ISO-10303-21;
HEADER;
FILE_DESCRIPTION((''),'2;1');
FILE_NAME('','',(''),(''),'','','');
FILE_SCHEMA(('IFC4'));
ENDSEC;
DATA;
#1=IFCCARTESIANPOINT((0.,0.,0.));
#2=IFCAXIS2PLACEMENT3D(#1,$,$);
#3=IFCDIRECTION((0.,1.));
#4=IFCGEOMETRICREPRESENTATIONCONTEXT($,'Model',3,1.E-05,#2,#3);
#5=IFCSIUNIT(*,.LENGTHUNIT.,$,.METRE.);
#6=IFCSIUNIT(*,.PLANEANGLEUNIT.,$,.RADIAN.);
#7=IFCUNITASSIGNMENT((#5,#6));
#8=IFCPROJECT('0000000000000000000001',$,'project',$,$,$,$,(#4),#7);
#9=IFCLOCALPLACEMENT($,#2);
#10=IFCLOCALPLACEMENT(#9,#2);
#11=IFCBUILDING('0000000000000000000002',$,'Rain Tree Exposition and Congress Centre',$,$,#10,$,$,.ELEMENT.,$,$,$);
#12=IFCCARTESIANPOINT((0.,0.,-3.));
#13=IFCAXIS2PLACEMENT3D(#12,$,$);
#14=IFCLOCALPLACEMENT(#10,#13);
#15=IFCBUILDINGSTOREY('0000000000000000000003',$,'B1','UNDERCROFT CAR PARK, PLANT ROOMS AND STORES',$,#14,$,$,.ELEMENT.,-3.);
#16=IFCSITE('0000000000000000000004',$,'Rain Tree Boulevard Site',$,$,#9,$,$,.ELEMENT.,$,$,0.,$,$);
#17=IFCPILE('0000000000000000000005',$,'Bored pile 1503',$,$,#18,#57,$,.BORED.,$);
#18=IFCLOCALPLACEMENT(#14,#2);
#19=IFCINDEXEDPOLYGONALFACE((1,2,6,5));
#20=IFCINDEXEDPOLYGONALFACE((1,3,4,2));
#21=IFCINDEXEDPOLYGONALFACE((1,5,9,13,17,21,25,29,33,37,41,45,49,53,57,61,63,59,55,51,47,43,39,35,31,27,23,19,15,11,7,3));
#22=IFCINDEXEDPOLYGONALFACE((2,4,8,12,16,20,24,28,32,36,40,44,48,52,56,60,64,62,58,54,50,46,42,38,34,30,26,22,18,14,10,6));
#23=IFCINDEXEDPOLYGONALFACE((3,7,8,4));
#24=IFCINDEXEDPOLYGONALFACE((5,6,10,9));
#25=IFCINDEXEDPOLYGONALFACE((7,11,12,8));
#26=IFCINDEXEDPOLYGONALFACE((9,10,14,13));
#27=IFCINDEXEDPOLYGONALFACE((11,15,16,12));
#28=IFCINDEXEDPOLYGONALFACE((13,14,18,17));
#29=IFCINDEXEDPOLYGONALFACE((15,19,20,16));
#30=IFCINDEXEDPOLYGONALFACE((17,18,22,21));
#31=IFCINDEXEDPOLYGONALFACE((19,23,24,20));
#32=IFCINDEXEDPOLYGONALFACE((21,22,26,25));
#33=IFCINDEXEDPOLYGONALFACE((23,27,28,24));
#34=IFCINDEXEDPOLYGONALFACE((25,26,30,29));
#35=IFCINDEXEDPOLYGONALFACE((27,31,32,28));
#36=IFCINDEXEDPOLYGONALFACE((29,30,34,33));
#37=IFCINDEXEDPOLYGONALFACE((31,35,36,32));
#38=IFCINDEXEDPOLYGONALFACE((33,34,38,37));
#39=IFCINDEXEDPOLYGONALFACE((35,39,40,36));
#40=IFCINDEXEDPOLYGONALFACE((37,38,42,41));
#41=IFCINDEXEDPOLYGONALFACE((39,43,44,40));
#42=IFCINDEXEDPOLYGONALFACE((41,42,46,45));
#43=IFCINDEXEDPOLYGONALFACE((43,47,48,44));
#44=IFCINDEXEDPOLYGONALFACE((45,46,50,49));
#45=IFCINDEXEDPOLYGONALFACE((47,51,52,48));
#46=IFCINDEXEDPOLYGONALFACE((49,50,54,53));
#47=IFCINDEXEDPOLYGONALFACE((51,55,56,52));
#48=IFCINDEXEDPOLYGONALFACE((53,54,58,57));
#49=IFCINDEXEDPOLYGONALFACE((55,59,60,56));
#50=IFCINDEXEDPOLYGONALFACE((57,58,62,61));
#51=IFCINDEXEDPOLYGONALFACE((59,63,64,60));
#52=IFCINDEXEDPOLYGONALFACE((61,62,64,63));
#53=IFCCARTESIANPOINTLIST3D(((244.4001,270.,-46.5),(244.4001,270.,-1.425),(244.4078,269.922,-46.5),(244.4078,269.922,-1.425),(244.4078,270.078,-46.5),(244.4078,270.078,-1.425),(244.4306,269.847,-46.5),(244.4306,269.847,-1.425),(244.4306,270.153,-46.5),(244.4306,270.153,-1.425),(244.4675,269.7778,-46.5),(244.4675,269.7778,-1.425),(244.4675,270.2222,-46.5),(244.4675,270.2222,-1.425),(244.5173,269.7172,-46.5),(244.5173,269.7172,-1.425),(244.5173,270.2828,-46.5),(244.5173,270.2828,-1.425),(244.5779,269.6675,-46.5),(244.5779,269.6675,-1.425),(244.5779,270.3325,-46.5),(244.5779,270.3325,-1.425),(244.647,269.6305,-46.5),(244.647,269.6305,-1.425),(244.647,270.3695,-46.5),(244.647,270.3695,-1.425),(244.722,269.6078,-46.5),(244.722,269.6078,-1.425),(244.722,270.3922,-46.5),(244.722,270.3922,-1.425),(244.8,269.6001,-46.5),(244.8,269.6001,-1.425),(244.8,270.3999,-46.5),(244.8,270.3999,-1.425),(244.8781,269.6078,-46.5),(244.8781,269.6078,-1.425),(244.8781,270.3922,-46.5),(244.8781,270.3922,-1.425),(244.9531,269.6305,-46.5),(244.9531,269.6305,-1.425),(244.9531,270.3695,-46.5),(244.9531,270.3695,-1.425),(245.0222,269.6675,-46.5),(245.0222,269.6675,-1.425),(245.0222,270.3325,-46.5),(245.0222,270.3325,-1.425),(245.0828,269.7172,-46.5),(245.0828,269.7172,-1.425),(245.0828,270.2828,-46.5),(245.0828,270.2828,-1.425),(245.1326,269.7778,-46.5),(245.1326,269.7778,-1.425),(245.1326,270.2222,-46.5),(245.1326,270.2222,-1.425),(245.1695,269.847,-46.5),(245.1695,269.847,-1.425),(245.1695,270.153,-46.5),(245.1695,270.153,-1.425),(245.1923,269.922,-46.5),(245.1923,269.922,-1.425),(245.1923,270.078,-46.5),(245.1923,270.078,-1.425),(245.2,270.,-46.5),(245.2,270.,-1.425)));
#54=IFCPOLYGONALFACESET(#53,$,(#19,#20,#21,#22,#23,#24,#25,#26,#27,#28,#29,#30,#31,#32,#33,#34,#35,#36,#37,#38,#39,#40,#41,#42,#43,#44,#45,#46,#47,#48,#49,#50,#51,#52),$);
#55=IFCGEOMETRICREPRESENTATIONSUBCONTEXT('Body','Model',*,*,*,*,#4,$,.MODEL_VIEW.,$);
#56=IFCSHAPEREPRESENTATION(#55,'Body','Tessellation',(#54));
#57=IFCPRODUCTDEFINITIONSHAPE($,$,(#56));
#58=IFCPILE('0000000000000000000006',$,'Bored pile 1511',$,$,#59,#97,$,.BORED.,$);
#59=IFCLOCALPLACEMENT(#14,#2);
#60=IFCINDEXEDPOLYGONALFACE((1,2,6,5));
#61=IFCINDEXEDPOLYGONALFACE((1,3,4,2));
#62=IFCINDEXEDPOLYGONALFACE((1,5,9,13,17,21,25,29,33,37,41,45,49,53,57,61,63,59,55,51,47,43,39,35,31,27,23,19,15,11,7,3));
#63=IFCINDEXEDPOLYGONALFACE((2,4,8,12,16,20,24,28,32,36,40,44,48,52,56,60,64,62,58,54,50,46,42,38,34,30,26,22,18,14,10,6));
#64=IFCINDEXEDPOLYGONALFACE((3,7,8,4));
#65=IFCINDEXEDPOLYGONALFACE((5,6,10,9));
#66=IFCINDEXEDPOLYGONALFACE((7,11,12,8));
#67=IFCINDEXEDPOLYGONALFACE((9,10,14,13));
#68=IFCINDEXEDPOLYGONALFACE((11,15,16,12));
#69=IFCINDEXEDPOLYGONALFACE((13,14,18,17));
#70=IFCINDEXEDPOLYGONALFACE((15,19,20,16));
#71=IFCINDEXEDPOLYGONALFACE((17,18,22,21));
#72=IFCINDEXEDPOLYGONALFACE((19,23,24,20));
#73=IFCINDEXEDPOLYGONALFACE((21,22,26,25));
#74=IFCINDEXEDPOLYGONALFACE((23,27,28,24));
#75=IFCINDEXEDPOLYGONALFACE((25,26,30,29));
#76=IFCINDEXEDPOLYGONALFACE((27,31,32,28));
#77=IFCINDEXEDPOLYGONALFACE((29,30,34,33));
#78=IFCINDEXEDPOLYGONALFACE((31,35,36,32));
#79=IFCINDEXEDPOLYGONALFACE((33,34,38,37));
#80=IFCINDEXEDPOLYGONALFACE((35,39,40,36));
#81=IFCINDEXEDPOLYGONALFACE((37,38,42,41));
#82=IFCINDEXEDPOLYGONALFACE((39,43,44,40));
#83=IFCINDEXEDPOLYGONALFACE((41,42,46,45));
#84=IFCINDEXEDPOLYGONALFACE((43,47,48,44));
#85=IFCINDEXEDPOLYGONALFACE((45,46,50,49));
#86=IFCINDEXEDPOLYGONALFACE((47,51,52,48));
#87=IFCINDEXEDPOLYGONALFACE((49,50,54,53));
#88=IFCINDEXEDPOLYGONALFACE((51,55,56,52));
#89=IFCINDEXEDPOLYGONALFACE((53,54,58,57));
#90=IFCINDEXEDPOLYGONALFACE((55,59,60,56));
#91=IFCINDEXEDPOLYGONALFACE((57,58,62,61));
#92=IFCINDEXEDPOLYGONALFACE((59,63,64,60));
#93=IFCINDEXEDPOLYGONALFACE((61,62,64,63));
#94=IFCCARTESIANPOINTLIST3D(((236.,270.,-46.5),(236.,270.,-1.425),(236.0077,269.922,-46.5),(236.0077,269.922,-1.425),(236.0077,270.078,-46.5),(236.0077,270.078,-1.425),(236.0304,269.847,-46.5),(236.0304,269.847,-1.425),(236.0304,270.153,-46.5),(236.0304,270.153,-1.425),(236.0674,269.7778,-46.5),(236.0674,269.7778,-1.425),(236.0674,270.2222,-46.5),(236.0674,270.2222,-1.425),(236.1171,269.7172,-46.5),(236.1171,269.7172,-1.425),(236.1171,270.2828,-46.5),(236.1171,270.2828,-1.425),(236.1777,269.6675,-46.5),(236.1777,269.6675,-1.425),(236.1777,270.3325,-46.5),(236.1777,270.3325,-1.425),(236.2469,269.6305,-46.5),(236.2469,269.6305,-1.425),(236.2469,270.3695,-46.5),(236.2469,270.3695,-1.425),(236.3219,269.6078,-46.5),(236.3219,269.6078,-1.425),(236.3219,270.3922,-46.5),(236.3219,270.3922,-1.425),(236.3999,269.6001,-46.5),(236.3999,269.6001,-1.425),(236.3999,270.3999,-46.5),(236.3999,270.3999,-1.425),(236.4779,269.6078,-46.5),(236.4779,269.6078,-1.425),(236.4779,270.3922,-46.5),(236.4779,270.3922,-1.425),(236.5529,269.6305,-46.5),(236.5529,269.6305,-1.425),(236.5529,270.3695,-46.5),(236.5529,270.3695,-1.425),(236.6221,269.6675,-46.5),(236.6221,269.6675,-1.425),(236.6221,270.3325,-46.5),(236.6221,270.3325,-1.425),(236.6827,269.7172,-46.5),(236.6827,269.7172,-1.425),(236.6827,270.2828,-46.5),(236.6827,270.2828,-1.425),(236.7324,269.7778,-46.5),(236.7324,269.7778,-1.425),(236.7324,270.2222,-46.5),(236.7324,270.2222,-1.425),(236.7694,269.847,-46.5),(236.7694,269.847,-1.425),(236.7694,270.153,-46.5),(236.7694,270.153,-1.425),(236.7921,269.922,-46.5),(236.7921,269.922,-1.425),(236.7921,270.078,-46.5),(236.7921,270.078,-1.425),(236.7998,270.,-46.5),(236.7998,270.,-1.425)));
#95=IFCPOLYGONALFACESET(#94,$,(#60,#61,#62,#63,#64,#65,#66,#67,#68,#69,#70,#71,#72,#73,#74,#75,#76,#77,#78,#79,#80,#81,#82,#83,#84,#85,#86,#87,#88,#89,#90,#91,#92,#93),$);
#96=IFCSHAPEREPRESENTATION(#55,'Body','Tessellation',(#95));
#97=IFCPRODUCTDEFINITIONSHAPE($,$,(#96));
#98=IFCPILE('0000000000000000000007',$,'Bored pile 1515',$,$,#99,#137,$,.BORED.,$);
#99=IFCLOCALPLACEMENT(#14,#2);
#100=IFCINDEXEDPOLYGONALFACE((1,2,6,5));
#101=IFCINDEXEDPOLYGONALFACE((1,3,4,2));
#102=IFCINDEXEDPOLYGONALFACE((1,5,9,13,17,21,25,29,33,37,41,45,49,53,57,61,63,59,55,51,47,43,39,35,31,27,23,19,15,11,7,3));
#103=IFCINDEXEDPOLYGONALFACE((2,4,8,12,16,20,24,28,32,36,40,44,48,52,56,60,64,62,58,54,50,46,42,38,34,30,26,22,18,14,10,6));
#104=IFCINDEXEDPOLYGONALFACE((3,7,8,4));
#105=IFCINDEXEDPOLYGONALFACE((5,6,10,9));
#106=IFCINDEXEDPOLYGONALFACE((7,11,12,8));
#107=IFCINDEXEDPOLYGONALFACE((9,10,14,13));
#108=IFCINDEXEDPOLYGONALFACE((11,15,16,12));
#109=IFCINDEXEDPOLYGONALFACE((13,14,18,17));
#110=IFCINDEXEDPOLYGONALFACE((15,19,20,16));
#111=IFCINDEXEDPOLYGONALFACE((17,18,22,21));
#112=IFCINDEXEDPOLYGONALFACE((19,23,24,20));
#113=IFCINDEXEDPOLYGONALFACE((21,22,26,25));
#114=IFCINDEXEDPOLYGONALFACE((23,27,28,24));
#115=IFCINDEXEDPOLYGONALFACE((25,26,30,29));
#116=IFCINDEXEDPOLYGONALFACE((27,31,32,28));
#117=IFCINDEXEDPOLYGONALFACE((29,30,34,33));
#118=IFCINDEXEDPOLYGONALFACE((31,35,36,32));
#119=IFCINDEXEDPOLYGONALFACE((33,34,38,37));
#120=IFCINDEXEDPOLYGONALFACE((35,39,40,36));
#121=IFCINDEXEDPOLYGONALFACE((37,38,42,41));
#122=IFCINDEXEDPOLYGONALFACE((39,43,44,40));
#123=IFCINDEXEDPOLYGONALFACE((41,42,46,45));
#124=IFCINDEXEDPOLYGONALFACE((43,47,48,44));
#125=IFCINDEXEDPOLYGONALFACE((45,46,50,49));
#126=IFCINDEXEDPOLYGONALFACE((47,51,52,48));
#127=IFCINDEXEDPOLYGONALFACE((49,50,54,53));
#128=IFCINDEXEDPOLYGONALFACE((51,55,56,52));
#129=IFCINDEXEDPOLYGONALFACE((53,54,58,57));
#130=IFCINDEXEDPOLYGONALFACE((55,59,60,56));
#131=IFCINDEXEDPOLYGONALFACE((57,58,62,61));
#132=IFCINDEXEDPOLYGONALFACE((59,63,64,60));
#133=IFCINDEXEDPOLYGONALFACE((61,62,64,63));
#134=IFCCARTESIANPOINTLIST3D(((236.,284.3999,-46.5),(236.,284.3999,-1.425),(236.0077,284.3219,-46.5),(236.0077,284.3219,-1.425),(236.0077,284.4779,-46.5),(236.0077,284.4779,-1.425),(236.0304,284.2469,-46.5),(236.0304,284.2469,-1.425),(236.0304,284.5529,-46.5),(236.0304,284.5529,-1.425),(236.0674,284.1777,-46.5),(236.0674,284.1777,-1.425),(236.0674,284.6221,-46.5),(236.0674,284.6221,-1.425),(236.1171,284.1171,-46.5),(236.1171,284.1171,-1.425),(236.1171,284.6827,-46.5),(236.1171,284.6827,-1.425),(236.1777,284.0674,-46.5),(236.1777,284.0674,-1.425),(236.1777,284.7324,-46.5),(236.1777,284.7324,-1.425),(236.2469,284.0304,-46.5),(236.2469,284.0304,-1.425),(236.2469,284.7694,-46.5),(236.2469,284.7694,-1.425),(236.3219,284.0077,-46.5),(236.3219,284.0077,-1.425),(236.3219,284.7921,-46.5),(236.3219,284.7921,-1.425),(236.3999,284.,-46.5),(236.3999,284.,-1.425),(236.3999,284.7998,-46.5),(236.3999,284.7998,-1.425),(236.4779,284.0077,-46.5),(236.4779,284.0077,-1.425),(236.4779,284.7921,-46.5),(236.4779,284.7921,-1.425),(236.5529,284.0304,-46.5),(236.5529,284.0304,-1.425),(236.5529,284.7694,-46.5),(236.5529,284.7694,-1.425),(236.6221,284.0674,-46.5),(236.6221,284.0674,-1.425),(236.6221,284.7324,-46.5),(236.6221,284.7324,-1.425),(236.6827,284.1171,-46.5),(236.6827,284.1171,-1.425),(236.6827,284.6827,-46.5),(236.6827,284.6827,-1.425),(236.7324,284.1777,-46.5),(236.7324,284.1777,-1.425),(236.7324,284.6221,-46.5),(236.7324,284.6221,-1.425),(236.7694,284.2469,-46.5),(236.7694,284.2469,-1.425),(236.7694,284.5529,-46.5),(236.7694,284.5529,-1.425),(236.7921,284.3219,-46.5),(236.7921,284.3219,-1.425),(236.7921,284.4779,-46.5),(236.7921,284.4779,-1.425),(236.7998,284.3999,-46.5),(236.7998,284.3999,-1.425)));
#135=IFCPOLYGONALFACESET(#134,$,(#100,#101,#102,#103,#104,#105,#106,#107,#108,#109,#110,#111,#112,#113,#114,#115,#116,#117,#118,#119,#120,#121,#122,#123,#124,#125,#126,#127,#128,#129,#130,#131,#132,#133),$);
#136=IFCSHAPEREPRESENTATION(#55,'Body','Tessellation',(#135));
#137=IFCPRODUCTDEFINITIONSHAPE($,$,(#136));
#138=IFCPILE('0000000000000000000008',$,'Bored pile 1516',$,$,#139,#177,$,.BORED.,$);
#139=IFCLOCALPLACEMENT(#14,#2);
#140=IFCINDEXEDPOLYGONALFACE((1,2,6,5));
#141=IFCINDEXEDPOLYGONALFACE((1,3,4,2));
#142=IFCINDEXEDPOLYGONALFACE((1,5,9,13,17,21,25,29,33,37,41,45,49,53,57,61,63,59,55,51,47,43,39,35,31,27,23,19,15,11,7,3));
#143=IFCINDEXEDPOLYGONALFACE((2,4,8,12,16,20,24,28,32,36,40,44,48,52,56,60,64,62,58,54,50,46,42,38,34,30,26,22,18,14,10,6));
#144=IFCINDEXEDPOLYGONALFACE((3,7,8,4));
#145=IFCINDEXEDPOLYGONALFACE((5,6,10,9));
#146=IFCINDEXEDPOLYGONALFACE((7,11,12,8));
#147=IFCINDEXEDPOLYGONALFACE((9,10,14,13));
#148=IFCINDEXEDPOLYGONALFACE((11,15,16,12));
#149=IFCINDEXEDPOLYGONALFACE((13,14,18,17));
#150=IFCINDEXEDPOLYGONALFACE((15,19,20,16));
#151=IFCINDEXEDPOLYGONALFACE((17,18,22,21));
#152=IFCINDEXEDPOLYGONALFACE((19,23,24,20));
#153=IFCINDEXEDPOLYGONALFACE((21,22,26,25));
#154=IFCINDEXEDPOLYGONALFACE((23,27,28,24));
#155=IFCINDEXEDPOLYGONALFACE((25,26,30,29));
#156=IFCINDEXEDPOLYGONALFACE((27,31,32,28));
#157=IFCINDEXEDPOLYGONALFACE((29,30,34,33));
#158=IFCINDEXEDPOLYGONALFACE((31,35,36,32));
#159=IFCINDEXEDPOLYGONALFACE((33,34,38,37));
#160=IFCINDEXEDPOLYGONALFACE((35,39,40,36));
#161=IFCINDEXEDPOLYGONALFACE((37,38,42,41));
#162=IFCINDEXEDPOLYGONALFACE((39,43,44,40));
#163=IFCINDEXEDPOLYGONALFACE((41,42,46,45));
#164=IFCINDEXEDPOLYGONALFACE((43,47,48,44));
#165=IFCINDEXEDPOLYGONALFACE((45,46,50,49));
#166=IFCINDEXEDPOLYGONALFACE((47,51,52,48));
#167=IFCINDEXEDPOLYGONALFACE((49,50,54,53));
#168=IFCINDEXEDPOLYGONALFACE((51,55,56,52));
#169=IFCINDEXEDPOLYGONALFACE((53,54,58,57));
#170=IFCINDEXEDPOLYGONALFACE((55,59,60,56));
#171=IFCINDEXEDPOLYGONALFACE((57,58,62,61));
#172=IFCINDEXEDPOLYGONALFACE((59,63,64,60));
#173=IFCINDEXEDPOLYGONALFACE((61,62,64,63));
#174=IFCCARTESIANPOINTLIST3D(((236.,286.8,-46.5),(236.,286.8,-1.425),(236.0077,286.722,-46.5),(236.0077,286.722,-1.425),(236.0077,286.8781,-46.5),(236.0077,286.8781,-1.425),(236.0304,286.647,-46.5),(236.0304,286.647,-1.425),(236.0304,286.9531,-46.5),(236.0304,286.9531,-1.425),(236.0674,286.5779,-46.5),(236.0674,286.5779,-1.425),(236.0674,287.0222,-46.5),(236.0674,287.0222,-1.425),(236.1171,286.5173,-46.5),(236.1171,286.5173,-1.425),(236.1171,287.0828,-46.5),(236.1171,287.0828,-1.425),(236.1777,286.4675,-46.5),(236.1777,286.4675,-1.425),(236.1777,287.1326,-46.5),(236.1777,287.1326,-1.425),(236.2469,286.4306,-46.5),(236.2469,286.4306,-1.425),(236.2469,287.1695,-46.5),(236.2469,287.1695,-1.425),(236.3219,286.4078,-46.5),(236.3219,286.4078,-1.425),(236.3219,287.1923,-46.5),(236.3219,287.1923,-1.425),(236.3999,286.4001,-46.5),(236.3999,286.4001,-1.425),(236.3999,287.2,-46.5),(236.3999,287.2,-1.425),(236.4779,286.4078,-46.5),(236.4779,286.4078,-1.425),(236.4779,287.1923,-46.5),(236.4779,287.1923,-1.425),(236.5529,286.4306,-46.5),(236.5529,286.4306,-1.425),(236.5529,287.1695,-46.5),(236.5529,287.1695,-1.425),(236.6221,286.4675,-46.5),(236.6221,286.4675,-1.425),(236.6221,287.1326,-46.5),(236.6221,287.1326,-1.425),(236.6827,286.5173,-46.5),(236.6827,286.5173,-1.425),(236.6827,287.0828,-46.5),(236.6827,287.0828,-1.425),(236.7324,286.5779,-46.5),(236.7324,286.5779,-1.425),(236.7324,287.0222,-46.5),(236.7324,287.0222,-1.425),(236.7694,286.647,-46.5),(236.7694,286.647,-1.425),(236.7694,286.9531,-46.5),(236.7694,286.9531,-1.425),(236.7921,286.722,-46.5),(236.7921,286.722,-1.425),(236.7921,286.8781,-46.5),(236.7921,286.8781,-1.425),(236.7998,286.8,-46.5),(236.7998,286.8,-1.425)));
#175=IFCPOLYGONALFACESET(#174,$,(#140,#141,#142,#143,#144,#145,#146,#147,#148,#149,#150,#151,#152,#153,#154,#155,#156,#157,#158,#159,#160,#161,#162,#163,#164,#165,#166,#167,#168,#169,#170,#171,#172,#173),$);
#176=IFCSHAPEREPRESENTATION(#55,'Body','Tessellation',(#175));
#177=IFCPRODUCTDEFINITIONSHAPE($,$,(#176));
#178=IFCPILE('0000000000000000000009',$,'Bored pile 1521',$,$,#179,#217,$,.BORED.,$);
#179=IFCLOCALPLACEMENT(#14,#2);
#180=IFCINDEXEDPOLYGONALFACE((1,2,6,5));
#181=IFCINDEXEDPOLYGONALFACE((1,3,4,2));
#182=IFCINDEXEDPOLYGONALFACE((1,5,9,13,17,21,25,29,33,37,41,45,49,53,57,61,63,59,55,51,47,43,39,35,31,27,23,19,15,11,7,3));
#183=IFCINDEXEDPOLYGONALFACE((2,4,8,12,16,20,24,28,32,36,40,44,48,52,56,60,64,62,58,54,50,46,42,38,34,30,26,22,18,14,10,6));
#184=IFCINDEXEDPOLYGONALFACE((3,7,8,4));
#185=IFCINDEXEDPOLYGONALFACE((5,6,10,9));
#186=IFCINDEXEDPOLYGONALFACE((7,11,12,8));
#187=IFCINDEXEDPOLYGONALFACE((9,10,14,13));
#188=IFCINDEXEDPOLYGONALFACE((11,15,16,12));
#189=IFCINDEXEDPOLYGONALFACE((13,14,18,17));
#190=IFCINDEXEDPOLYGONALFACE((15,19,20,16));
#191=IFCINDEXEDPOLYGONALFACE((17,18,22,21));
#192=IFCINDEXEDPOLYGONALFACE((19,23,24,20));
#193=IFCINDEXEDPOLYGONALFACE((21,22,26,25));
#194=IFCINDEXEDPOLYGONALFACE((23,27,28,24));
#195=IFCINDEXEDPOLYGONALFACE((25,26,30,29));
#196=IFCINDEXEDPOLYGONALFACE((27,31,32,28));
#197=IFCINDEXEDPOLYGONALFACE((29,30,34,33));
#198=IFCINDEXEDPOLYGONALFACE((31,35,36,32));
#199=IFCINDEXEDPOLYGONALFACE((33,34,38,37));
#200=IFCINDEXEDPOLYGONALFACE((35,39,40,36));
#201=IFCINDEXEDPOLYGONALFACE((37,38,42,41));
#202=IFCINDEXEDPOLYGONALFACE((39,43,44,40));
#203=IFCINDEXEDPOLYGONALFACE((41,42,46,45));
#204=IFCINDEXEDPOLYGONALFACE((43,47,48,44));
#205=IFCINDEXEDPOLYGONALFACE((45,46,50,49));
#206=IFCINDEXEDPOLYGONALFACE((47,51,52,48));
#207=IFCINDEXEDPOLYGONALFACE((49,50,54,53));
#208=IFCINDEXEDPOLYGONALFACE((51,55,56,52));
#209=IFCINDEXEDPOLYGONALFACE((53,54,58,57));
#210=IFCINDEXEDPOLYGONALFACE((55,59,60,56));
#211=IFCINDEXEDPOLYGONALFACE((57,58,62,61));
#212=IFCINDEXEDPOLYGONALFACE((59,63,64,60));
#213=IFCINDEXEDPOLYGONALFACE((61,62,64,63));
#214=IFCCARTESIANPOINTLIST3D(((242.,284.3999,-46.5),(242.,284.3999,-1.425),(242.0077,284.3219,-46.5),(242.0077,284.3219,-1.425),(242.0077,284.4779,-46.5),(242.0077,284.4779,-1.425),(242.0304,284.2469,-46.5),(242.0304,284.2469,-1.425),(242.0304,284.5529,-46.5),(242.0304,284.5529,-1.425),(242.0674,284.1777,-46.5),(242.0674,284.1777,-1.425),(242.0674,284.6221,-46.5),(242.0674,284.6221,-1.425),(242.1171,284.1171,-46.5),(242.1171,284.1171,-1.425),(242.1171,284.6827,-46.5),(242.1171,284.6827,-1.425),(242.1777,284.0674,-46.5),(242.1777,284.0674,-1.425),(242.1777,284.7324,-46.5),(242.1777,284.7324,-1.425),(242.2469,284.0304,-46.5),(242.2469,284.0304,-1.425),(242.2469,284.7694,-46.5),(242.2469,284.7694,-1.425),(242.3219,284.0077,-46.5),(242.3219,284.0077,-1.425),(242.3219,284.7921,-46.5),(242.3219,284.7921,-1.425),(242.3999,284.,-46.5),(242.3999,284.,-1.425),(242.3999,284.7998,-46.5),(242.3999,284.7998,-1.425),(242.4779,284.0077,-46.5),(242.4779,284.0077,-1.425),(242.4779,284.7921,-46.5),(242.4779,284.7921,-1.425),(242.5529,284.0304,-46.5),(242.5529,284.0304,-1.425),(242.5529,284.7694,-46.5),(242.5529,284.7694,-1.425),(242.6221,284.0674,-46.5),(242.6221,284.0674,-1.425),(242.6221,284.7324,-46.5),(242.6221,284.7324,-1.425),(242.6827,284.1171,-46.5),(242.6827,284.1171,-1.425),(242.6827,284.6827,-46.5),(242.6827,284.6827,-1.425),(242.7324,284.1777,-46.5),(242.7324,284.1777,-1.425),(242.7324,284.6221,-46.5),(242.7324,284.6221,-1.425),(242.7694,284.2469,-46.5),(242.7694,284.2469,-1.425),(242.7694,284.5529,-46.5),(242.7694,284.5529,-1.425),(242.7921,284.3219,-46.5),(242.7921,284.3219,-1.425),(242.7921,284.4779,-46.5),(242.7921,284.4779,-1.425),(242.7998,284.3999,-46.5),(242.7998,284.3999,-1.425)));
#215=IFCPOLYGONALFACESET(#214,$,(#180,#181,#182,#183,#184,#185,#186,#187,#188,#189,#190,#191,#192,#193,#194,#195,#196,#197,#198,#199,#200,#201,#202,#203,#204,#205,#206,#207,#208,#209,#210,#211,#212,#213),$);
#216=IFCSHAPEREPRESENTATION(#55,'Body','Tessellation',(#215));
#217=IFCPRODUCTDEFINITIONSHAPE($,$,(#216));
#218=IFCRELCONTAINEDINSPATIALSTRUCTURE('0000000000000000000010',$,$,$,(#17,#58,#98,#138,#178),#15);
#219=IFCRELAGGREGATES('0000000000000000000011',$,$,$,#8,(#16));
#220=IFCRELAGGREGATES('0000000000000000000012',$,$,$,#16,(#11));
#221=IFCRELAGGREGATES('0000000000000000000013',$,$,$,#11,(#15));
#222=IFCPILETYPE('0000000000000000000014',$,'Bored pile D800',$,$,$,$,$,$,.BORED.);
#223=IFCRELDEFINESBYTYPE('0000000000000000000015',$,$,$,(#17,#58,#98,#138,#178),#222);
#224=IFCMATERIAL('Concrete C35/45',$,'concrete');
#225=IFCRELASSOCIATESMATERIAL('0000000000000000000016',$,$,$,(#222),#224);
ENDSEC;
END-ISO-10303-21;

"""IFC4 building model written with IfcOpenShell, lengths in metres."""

from ifc_helpers import new_model, si_unit, direction, frame, origin, origin_2d, place, context, subcontext, project, spatial, circle, extrude, material, material_profile, profile_set, type_object, element, save


model = new_model("IFC4")

# Units and contexts
model_context = context("Model", 3, precision=1e-05, world=origin(), true_north=direction((0.0, 1.0)))
body_context = subcontext(model_context, "Body", "Model", "MODEL_VIEW")
ifc_project = project(units=[si_unit("LENGTHUNIT", "METRE"), si_unit("PLANEANGLEUNIT", "RADIAN")], contexts=[model_context])

# Site, building, storey
site_placement = place(None, origin())
site = spatial("IfcSite", under=ifc_project, at=site_placement, Name="Rain Tree Boulevard Site", CompositionType="ELEMENT", RefElevation=0.0)
building_placement = place(site_placement, origin())
building = spatial("IfcBuilding", under=site, at=building_placement, Name="Rain Tree Exposition and Congress Centre", CompositionType="ELEMENT")
storey_placement = place(building_placement, frame((0.0, 0.0, -3.0)))
storey = spatial("IfcBuildingStorey", under=building, at=storey_placement, Name="B1", Description="UNDERCROFT CAR PARK, PLANT ROOMS AND STORES", CompositionType="ELEMENT", Elevation=-3.0)

# Piles
ifc_material_1 = material(Name="Concrete C35/45", Category="concrete")
ifc_material_profile_1 = material_profile(ifc_material_1, circle(Radius=0.3999, at=origin_2d()), Name="D800")
ifc_profile_set_1 = profile_set([ifc_material_profile_1], Name="Concrete C35/45")
pile_type_1 = type_object("IfcPileType", Name="Bored pile D800", PredefinedType="BORED", material=ifc_profile_set_1)
for number, where, z_axis, x_axis, name in (
    (1, (244.8, 270.0, -1.425), (0.0, 0.0, -1.0), (1.0, 0.0, 0.0), "Bored pile 1503"),
    (2, (236.3999, 270.0, -1.425), (0.0, 0.0, -1.0), (1.0, 0.0, 0.0), "Bored pile 1511"),
    (3, (236.3999, 284.3999, -1.425), (0.0, 0.0, -1.0), (1.0, 0.0, 0.0), "Bored pile 1515"),
    (4, (236.3999, 286.8, -1.425), (0.0, 0.0, -1.0), (1.0, 0.0, 0.0), "Bored pile 1516"),
    (5, (242.3999, 284.3999, -1.425), (0.0, 0.0, -1.0), (1.0, 0.0, 0.0), "Bored pile 1521"),
):
    element("IfcPile", number, at=place(storey_placement, frame(where, z_axis=z_axis, x_axis=x_axis)), inside=storey, type_object=pile_type_1, Name=name, PredefinedType="BORED", context=body_context, shape_type="SweptSolid", body=[
        extrude(circle(Radius=0.3999, at=origin_2d()), origin(), (0.0, 0.0, 1.0), 45.075),
    ])

save(model, "model.ifc")
